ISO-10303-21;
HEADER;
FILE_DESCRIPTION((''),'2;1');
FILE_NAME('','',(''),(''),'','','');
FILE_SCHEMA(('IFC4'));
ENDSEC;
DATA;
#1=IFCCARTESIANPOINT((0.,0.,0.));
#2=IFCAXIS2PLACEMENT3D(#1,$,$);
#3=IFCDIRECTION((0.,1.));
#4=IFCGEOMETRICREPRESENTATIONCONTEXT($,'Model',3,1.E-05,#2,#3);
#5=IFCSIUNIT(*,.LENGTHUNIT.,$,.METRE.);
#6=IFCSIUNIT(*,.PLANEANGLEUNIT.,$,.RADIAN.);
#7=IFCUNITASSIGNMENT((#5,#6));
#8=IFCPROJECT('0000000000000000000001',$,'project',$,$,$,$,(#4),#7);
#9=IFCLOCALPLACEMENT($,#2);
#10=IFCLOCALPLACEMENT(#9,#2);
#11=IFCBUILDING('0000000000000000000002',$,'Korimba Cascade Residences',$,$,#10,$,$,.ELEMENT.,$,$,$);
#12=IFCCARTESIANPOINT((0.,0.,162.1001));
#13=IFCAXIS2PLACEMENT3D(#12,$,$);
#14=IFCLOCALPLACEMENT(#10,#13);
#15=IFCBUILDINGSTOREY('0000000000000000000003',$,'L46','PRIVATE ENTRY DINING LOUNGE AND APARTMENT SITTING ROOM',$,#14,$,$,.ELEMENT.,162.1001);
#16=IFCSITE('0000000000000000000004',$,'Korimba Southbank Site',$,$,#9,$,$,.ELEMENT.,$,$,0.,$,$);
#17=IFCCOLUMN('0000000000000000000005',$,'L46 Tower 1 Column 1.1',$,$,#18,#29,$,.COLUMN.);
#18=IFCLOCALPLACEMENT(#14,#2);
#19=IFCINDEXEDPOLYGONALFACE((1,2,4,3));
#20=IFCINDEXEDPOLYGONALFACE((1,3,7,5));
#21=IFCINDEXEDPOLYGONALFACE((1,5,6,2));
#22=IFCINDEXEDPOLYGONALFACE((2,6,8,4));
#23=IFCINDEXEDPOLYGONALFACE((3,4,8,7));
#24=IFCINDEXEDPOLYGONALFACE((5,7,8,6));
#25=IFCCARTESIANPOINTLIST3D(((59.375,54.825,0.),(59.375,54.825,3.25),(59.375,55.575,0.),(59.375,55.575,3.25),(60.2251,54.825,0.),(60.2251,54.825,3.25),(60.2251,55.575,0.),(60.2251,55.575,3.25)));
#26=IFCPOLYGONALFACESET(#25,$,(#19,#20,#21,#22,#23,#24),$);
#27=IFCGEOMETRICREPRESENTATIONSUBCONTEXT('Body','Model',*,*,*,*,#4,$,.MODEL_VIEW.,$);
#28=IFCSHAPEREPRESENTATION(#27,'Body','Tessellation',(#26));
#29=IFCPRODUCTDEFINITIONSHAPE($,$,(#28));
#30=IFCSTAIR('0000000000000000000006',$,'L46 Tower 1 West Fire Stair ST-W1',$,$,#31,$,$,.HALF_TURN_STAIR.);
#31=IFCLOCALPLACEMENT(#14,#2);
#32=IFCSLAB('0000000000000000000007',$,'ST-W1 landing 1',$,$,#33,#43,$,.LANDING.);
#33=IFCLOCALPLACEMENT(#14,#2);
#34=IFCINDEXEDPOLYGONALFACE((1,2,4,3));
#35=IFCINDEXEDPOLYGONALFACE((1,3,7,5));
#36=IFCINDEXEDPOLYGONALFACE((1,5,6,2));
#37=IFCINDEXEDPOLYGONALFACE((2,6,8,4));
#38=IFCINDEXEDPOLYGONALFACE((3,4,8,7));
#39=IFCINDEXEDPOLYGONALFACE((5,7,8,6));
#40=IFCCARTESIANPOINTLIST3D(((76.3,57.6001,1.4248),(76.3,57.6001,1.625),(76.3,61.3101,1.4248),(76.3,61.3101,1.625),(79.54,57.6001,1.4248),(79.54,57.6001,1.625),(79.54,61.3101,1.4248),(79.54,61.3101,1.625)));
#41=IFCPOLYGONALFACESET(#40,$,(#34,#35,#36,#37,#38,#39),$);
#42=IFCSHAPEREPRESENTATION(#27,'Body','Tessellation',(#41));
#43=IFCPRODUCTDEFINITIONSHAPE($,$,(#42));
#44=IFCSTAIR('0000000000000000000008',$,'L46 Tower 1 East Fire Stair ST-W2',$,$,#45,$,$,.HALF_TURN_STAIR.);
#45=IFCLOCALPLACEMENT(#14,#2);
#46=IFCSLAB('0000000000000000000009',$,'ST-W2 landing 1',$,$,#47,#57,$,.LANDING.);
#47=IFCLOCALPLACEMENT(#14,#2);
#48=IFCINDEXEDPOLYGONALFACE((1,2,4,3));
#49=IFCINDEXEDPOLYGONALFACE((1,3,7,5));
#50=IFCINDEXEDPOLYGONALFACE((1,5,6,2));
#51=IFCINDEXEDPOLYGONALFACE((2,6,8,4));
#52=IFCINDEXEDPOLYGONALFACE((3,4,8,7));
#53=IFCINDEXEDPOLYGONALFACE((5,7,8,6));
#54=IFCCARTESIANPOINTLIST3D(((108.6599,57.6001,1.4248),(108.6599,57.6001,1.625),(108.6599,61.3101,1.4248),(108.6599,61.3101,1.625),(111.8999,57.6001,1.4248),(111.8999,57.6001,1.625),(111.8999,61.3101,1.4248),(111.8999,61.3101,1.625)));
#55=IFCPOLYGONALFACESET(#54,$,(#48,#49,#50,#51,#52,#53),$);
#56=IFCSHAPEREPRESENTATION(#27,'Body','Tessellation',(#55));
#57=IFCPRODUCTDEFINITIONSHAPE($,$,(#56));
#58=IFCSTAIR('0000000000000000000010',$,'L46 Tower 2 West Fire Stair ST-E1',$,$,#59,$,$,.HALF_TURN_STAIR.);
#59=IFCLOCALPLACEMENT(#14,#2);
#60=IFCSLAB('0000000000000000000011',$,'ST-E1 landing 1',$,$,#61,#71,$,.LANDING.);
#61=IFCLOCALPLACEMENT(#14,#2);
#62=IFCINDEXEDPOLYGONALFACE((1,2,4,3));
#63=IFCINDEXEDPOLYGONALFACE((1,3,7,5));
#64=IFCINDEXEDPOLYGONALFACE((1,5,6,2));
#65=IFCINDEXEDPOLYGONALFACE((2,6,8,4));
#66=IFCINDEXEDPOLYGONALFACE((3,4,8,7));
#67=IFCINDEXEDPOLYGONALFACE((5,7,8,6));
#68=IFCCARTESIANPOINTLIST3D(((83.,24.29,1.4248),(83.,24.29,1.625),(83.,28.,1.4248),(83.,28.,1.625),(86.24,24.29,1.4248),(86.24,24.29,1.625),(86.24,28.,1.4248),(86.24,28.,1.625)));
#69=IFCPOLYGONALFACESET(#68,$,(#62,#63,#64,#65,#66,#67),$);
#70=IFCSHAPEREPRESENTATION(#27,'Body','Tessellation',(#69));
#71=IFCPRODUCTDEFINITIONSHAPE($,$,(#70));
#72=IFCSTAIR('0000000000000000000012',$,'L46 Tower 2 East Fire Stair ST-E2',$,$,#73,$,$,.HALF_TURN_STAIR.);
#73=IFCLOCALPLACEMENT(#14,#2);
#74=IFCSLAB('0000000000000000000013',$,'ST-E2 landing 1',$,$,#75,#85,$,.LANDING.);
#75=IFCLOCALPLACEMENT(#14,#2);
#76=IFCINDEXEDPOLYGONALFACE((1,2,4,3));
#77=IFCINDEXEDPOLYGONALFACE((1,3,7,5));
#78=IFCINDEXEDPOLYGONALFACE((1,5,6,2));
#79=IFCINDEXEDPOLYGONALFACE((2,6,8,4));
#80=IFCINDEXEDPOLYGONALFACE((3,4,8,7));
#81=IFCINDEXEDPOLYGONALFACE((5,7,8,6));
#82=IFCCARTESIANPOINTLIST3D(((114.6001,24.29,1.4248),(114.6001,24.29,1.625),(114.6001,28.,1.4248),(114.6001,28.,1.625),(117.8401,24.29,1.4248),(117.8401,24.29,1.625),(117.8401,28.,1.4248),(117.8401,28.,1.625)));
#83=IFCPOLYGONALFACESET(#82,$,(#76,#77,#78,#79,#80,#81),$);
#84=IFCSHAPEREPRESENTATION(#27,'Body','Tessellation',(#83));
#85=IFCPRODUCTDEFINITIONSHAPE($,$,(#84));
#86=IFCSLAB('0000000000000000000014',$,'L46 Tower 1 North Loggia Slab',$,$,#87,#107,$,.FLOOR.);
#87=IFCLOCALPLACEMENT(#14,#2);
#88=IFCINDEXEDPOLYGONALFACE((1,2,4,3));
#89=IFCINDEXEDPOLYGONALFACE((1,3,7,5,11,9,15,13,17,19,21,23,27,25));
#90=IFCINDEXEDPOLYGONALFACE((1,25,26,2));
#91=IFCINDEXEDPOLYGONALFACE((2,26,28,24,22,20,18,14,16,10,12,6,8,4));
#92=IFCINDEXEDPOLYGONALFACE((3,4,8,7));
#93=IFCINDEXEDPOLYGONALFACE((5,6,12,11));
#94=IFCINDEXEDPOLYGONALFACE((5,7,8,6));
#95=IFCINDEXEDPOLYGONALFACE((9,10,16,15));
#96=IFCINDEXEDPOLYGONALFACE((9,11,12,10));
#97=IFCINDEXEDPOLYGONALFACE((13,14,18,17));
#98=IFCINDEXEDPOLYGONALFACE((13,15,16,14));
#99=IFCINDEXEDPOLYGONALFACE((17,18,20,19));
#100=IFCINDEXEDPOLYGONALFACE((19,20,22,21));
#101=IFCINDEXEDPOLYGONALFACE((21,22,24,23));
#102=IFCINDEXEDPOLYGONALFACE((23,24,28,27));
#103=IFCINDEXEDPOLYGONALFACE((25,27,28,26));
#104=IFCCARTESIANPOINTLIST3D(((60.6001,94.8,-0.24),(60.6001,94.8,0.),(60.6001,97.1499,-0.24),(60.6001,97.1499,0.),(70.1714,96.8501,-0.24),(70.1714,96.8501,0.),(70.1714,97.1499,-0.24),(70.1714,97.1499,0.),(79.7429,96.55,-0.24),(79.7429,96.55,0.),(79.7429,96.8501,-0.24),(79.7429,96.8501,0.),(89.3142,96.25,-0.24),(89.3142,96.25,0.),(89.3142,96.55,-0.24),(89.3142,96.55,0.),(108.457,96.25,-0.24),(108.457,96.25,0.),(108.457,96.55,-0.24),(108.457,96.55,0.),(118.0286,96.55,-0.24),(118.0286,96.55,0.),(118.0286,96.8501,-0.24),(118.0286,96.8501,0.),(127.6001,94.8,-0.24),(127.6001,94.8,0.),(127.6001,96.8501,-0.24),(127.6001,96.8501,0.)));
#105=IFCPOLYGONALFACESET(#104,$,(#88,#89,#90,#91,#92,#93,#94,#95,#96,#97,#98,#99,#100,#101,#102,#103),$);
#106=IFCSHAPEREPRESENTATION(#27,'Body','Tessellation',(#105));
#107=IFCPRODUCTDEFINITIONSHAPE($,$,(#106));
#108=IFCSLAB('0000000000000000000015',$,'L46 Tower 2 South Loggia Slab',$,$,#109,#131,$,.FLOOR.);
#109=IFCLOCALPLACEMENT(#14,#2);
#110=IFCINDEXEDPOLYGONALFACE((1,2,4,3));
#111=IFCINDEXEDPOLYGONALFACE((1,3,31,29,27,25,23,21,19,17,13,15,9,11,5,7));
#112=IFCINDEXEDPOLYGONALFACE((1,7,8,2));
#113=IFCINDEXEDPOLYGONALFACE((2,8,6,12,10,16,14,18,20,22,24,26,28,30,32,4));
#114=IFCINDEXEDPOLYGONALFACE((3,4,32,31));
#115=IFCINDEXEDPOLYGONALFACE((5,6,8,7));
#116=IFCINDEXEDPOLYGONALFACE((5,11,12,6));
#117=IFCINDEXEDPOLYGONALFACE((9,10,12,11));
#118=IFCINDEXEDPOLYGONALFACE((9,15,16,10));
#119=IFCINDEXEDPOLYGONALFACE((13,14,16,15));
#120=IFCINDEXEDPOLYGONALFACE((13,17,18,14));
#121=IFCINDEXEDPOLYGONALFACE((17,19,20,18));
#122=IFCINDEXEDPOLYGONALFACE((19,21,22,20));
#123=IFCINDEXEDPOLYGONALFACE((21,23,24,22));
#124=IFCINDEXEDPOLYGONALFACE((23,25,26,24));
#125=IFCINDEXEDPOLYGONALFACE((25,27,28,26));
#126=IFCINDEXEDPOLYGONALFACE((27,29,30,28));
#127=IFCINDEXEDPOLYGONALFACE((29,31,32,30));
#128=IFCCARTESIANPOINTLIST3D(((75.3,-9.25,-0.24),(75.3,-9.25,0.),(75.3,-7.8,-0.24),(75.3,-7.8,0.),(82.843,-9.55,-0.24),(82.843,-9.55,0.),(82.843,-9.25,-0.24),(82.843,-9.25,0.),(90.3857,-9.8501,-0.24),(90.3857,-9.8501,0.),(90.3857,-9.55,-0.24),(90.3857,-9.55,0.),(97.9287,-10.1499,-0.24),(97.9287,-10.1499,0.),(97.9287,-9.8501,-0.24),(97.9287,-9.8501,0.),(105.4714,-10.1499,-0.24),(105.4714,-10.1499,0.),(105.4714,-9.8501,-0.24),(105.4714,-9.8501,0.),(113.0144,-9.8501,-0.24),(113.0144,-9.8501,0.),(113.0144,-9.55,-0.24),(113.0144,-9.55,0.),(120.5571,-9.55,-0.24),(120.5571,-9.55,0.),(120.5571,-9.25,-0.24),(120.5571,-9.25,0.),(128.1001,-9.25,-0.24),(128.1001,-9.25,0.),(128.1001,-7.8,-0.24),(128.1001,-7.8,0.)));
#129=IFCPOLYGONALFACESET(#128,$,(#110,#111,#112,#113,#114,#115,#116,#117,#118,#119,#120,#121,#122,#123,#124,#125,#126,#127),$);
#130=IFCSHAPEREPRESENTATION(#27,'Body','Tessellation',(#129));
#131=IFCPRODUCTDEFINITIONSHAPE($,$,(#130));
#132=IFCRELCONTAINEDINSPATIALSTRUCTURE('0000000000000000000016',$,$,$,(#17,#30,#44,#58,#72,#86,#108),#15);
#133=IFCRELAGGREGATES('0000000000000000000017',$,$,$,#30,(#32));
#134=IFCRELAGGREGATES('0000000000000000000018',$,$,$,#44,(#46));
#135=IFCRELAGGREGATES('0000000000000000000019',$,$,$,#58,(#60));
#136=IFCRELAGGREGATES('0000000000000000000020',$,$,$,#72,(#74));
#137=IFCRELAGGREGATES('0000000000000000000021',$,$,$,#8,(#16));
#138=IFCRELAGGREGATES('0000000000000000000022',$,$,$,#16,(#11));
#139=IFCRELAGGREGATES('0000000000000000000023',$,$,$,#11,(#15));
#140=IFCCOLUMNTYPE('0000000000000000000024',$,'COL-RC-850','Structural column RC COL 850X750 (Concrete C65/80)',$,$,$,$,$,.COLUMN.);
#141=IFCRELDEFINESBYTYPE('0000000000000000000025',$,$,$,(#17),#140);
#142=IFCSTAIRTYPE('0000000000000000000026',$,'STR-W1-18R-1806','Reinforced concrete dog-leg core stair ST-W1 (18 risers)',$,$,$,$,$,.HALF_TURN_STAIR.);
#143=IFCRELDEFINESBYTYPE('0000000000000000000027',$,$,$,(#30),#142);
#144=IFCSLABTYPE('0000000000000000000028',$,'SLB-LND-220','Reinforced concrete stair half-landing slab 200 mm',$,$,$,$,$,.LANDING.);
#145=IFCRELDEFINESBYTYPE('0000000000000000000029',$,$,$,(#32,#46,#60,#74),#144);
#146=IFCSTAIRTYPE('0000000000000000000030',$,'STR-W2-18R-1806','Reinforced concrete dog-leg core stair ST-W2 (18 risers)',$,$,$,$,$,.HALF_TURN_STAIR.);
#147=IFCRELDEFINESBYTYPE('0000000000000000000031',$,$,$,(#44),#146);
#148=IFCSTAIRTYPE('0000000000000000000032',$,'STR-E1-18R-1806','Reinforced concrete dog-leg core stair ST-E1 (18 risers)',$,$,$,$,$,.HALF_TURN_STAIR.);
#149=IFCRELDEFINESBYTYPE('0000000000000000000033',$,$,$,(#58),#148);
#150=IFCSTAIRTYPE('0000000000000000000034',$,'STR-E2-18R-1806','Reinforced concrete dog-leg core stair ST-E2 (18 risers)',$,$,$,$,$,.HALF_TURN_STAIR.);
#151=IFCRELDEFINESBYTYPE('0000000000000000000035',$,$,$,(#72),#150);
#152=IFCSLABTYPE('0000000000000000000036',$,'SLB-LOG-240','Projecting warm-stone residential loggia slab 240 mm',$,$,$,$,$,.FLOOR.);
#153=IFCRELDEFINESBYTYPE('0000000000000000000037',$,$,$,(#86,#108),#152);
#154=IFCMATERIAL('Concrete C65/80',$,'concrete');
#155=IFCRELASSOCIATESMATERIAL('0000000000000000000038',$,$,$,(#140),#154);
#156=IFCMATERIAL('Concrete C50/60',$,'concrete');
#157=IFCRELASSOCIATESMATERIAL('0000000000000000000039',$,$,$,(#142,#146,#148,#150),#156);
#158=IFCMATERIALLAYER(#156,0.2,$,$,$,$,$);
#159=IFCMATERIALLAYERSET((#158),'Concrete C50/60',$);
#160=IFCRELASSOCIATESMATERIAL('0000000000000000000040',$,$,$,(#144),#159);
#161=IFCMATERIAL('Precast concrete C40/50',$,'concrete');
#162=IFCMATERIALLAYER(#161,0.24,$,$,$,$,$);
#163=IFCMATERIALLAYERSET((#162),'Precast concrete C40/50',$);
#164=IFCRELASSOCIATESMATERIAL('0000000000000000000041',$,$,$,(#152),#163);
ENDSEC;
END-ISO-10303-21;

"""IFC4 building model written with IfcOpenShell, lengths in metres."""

from ifc_helpers import new_model, si_unit, direction, frame, origin, origin_2d, place, context, subcontext, project, spatial, polyline, rectangle, outline, extrude, material, layer, layer_set, material_profile, profile_set, type_object, element, aggregate, save


model = new_model("IFC4")

# Units and contexts
model_context = context("Model", 3, precision=1e-05, world=origin(), true_north=direction((0.0, 1.0)))
body_context = subcontext(model_context, "Body", "Model", "MODEL_VIEW")
ifc_project = project(units=[si_unit("LENGTHUNIT", "METRE"), si_unit("PLANEANGLEUNIT", "RADIAN")], contexts=[model_context])

# Site, building, storey
site_placement = place(None, origin())
site = spatial("IfcSite", under=ifc_project, at=site_placement, Name="Korimba Southbank Site", CompositionType="ELEMENT", RefElevation=0.0)
building_placement = place(site_placement, origin())
building = spatial("IfcBuilding", under=site, at=building_placement, Name="Korimba Cascade Residences", CompositionType="ELEMENT")
storey_placement = place(building_placement, frame((0.0, 0.0, 162.1001)))
storey = spatial("IfcBuildingStorey", under=building, at=storey_placement, Name="L46", Description="PRIVATE ENTRY DINING LOUNGE AND APARTMENT SITTING ROOM", CompositionType="ELEMENT", Elevation=162.1001)

# Column
ifc_material_1 = material(Name="Concrete C65/80", Category="concrete")
ifc_material_profile = material_profile(ifc_material_1, rectangle(XDim=0.8501, YDim=0.75, at=origin_2d()), Name="Concrete C65/80")
ifc_profile_set = profile_set([ifc_material_profile], Name="Concrete C65/80")
column_type = type_object("IfcColumnType", Name="COL-RC-850", Description="Structural column RC COL 850X750 (Concrete C65/80)", PredefinedType="COLUMN", material=ifc_profile_set)
column_placement = place(storey_placement, frame((59.8, 55.2, 0.0), z_axis=(0.0, 0.0, 1.0), x_axis=(1.0, 0.0, 0.0)))
element("IfcColumn", 1, at=column_placement, inside=storey, type_object=column_type, Name="L46 Tower 1 Column 1.1", PredefinedType="COLUMN", context=body_context, shape_type="SweptSolid", body=[
    extrude(rectangle(XDim=0.8501, YDim=0.75, at=origin_2d()), origin(), (0.0, 0.0, 1.0), 3.25),
])

# Stairs, slabs
ifc_material_2 = material(Name="Concrete C50/60", Category="concrete")
stair_type_1 = type_object("IfcStairType", Name="STR-W1-18R-1806", Description="Reinforced concrete dog-leg core stair ST-W1 (18 risers)", PredefinedType="HALF_TURN_STAIR", material=ifc_material_2)
stair_1_placement = place(storey_placement, origin())
stair_1 = element("IfcStair", 2, at=stair_1_placement, inside=storey, type_object=stair_type_1, Name="L46 Tower 1 West Fire Stair ST-W1", PredefinedType="HALF_TURN_STAIR")
ifc_layer_1 = layer(ifc_material_2, 0.2)
ifc_layer_set_1 = layer_set([ifc_layer_1], Name="Concrete C50/60")
slab_type_1 = type_object("IfcSlabType", Name="SLB-LND-220", Description="Reinforced concrete stair half-landing slab 200 mm", PredefinedType="LANDING", material=ifc_layer_set_1)
slab_1_placement = place(storey_placement, frame((0.0, 0.0, 1.4248)))
slab_1 = element("IfcSlab", 3, at=slab_1_placement, type_object=slab_type_1, Name="ST-W1 landing 1", PredefinedType="LANDING", context=body_context, shape_type="SweptSolid", body=[
    extrude(outline(polyline([(76.3, 61.3101), (76.3, 57.6001), (79.54, 57.6001), (79.54, 61.3101), (76.3, 61.3101)])), origin(), (0.0, 0.0, 1.0), 0.2002),
])
aggregate(stair_1, [slab_1])
stair_type_2 = type_object("IfcStairType", Name="STR-W2-18R-1806", Description="Reinforced concrete dog-leg core stair ST-W2 (18 risers)", PredefinedType="HALF_TURN_STAIR", material=ifc_material_2)
stair_2_placement = place(storey_placement, origin())
stair_2 = element("IfcStair", 4, at=stair_2_placement, inside=storey, type_object=stair_type_2, Name="L46 Tower 1 East Fire Stair ST-W2", PredefinedType="HALF_TURN_STAIR")
slab_2_placement = place(storey_placement, frame((0.0, 0.0, 1.4248)))
slab_2 = element("IfcSlab", 5, at=slab_2_placement, type_object=slab_type_1, Name="ST-W2 landing 1", PredefinedType="LANDING", context=body_context, shape_type="SweptSolid", body=[
    extrude(outline(polyline([(108.6599, 61.3101), (108.6599, 57.6001), (111.8999, 57.6001), (111.8999, 61.3101), (108.6599, 61.3101)])), origin(), (0.0, 0.0, 1.0), 0.2002),
])
aggregate(stair_2, [slab_2])
stair_type_3 = type_object("IfcStairType", Name="STR-E1-18R-1806", Description="Reinforced concrete dog-leg core stair ST-E1 (18 risers)", PredefinedType="HALF_TURN_STAIR", material=ifc_material_2)
stair_3_placement = place(storey_placement, origin())
stair_3 = element("IfcStair", 6, at=stair_3_placement, inside=storey, type_object=stair_type_3, Name="L46 Tower 2 West Fire Stair ST-E1", PredefinedType="HALF_TURN_STAIR")
slab_3_placement = place(storey_placement, frame((0.0, 0.0, 1.4248)))
slab_3 = element("IfcSlab", 7, at=slab_3_placement, type_object=slab_type_1, Name="ST-E1 landing 1", PredefinedType="LANDING", context=body_context, shape_type="SweptSolid", body=[
    extrude(outline(polyline([(86.24, 24.29), (86.24, 28.0), (83.0, 28.0), (83.0, 24.29), (86.24, 24.29)])), origin(), (0.0, 0.0, 1.0), 0.2002),
])
aggregate(stair_3, [slab_3])
stair_type_4 = type_object("IfcStairType", Name="STR-E2-18R-1806", Description="Reinforced concrete dog-leg core stair ST-E2 (18 risers)", PredefinedType="HALF_TURN_STAIR", material=ifc_material_2)
stair_4_placement = place(storey_placement, origin())
stair_4 = element("IfcStair", 8, at=stair_4_placement, inside=storey, type_object=stair_type_4, Name="L46 Tower 2 East Fire Stair ST-E2", PredefinedType="HALF_TURN_STAIR")
slab_4_placement = place(storey_placement, frame((0.0, 0.0, 1.4248)))
slab_4 = element("IfcSlab", 9, at=slab_4_placement, type_object=slab_type_1, Name="ST-E2 landing 1", PredefinedType="LANDING", context=body_context, shape_type="SweptSolid", body=[
    extrude(outline(polyline([(117.8401, 24.29), (117.8401, 28.0), (114.6001, 28.0), (114.6001, 24.29), (117.8401, 24.29)])), origin(), (0.0, 0.0, 1.0), 0.2002),
])
aggregate(stair_4, [slab_4])

# Slabs
ifc_material_3 = material(Name="Precast concrete C40/50", Category="concrete")
ifc_layer_2 = layer(ifc_material_3, 0.24)
ifc_layer_set_2 = layer_set([ifc_layer_2], Name="Precast concrete C40/50")
slab_type_2 = type_object("IfcSlabType", Name="SLB-LOG-240", Description="Projecting warm-stone residential loggia slab 240 mm", PredefinedType="FLOOR", material=ifc_layer_set_2)
slab_5_placement = place(storey_placement, frame((0.0, 0.0, -0.24)))
element("IfcSlab", 10, at=slab_5_placement, inside=storey, type_object=slab_type_2, Name="L46 Tower 1 North Loggia Slab", PredefinedType="FLOOR", context=body_context, shape_type="SweptSolid", body=[
    extrude(outline(polyline([(60.6001, 94.8), (127.6001, 94.8), (127.6001, 96.8501), (118.0286, 96.8501), (118.0286, 96.55), (108.457, 96.55), (108.457, 96.25), (89.3142, 96.25), (89.3142, 96.55), (79.7429, 96.55), (79.7429, 96.8501), (70.1714, 96.8501), (70.1714, 97.1499), (60.6001, 97.1499), (60.6001, 94.8)])), origin(), (0.0, 0.0, 1.0), 0.24),
])
slab_6_placement = place(storey_placement, frame((0.0, 0.0, -0.24)))
element("IfcSlab", 11, at=slab_6_placement, inside=storey, type_object=slab_type_2, Name="L46 Tower 2 South Loggia Slab", PredefinedType="FLOOR", context=body_context, shape_type="SweptSolid", body=[
    extrude(outline(polyline([(75.3, -9.25), (82.843, -9.25), (82.843, -9.55), (90.3857, -9.55), (90.3857, -9.8501), (97.9287, -9.8501), (97.9287, -10.1499), (105.4714, -10.1499), (105.4714, -9.8501), (113.0144, -9.8501), (113.0144, -9.55), (120.5571, -9.55), (120.5571, -9.25), (128.1001, -9.25), (128.1001, -7.8), (75.3, -7.8), (75.3, -9.25)])), origin(), (0.0, 0.0, 1.0), 0.24),
])

save(model, "model.ifc")
